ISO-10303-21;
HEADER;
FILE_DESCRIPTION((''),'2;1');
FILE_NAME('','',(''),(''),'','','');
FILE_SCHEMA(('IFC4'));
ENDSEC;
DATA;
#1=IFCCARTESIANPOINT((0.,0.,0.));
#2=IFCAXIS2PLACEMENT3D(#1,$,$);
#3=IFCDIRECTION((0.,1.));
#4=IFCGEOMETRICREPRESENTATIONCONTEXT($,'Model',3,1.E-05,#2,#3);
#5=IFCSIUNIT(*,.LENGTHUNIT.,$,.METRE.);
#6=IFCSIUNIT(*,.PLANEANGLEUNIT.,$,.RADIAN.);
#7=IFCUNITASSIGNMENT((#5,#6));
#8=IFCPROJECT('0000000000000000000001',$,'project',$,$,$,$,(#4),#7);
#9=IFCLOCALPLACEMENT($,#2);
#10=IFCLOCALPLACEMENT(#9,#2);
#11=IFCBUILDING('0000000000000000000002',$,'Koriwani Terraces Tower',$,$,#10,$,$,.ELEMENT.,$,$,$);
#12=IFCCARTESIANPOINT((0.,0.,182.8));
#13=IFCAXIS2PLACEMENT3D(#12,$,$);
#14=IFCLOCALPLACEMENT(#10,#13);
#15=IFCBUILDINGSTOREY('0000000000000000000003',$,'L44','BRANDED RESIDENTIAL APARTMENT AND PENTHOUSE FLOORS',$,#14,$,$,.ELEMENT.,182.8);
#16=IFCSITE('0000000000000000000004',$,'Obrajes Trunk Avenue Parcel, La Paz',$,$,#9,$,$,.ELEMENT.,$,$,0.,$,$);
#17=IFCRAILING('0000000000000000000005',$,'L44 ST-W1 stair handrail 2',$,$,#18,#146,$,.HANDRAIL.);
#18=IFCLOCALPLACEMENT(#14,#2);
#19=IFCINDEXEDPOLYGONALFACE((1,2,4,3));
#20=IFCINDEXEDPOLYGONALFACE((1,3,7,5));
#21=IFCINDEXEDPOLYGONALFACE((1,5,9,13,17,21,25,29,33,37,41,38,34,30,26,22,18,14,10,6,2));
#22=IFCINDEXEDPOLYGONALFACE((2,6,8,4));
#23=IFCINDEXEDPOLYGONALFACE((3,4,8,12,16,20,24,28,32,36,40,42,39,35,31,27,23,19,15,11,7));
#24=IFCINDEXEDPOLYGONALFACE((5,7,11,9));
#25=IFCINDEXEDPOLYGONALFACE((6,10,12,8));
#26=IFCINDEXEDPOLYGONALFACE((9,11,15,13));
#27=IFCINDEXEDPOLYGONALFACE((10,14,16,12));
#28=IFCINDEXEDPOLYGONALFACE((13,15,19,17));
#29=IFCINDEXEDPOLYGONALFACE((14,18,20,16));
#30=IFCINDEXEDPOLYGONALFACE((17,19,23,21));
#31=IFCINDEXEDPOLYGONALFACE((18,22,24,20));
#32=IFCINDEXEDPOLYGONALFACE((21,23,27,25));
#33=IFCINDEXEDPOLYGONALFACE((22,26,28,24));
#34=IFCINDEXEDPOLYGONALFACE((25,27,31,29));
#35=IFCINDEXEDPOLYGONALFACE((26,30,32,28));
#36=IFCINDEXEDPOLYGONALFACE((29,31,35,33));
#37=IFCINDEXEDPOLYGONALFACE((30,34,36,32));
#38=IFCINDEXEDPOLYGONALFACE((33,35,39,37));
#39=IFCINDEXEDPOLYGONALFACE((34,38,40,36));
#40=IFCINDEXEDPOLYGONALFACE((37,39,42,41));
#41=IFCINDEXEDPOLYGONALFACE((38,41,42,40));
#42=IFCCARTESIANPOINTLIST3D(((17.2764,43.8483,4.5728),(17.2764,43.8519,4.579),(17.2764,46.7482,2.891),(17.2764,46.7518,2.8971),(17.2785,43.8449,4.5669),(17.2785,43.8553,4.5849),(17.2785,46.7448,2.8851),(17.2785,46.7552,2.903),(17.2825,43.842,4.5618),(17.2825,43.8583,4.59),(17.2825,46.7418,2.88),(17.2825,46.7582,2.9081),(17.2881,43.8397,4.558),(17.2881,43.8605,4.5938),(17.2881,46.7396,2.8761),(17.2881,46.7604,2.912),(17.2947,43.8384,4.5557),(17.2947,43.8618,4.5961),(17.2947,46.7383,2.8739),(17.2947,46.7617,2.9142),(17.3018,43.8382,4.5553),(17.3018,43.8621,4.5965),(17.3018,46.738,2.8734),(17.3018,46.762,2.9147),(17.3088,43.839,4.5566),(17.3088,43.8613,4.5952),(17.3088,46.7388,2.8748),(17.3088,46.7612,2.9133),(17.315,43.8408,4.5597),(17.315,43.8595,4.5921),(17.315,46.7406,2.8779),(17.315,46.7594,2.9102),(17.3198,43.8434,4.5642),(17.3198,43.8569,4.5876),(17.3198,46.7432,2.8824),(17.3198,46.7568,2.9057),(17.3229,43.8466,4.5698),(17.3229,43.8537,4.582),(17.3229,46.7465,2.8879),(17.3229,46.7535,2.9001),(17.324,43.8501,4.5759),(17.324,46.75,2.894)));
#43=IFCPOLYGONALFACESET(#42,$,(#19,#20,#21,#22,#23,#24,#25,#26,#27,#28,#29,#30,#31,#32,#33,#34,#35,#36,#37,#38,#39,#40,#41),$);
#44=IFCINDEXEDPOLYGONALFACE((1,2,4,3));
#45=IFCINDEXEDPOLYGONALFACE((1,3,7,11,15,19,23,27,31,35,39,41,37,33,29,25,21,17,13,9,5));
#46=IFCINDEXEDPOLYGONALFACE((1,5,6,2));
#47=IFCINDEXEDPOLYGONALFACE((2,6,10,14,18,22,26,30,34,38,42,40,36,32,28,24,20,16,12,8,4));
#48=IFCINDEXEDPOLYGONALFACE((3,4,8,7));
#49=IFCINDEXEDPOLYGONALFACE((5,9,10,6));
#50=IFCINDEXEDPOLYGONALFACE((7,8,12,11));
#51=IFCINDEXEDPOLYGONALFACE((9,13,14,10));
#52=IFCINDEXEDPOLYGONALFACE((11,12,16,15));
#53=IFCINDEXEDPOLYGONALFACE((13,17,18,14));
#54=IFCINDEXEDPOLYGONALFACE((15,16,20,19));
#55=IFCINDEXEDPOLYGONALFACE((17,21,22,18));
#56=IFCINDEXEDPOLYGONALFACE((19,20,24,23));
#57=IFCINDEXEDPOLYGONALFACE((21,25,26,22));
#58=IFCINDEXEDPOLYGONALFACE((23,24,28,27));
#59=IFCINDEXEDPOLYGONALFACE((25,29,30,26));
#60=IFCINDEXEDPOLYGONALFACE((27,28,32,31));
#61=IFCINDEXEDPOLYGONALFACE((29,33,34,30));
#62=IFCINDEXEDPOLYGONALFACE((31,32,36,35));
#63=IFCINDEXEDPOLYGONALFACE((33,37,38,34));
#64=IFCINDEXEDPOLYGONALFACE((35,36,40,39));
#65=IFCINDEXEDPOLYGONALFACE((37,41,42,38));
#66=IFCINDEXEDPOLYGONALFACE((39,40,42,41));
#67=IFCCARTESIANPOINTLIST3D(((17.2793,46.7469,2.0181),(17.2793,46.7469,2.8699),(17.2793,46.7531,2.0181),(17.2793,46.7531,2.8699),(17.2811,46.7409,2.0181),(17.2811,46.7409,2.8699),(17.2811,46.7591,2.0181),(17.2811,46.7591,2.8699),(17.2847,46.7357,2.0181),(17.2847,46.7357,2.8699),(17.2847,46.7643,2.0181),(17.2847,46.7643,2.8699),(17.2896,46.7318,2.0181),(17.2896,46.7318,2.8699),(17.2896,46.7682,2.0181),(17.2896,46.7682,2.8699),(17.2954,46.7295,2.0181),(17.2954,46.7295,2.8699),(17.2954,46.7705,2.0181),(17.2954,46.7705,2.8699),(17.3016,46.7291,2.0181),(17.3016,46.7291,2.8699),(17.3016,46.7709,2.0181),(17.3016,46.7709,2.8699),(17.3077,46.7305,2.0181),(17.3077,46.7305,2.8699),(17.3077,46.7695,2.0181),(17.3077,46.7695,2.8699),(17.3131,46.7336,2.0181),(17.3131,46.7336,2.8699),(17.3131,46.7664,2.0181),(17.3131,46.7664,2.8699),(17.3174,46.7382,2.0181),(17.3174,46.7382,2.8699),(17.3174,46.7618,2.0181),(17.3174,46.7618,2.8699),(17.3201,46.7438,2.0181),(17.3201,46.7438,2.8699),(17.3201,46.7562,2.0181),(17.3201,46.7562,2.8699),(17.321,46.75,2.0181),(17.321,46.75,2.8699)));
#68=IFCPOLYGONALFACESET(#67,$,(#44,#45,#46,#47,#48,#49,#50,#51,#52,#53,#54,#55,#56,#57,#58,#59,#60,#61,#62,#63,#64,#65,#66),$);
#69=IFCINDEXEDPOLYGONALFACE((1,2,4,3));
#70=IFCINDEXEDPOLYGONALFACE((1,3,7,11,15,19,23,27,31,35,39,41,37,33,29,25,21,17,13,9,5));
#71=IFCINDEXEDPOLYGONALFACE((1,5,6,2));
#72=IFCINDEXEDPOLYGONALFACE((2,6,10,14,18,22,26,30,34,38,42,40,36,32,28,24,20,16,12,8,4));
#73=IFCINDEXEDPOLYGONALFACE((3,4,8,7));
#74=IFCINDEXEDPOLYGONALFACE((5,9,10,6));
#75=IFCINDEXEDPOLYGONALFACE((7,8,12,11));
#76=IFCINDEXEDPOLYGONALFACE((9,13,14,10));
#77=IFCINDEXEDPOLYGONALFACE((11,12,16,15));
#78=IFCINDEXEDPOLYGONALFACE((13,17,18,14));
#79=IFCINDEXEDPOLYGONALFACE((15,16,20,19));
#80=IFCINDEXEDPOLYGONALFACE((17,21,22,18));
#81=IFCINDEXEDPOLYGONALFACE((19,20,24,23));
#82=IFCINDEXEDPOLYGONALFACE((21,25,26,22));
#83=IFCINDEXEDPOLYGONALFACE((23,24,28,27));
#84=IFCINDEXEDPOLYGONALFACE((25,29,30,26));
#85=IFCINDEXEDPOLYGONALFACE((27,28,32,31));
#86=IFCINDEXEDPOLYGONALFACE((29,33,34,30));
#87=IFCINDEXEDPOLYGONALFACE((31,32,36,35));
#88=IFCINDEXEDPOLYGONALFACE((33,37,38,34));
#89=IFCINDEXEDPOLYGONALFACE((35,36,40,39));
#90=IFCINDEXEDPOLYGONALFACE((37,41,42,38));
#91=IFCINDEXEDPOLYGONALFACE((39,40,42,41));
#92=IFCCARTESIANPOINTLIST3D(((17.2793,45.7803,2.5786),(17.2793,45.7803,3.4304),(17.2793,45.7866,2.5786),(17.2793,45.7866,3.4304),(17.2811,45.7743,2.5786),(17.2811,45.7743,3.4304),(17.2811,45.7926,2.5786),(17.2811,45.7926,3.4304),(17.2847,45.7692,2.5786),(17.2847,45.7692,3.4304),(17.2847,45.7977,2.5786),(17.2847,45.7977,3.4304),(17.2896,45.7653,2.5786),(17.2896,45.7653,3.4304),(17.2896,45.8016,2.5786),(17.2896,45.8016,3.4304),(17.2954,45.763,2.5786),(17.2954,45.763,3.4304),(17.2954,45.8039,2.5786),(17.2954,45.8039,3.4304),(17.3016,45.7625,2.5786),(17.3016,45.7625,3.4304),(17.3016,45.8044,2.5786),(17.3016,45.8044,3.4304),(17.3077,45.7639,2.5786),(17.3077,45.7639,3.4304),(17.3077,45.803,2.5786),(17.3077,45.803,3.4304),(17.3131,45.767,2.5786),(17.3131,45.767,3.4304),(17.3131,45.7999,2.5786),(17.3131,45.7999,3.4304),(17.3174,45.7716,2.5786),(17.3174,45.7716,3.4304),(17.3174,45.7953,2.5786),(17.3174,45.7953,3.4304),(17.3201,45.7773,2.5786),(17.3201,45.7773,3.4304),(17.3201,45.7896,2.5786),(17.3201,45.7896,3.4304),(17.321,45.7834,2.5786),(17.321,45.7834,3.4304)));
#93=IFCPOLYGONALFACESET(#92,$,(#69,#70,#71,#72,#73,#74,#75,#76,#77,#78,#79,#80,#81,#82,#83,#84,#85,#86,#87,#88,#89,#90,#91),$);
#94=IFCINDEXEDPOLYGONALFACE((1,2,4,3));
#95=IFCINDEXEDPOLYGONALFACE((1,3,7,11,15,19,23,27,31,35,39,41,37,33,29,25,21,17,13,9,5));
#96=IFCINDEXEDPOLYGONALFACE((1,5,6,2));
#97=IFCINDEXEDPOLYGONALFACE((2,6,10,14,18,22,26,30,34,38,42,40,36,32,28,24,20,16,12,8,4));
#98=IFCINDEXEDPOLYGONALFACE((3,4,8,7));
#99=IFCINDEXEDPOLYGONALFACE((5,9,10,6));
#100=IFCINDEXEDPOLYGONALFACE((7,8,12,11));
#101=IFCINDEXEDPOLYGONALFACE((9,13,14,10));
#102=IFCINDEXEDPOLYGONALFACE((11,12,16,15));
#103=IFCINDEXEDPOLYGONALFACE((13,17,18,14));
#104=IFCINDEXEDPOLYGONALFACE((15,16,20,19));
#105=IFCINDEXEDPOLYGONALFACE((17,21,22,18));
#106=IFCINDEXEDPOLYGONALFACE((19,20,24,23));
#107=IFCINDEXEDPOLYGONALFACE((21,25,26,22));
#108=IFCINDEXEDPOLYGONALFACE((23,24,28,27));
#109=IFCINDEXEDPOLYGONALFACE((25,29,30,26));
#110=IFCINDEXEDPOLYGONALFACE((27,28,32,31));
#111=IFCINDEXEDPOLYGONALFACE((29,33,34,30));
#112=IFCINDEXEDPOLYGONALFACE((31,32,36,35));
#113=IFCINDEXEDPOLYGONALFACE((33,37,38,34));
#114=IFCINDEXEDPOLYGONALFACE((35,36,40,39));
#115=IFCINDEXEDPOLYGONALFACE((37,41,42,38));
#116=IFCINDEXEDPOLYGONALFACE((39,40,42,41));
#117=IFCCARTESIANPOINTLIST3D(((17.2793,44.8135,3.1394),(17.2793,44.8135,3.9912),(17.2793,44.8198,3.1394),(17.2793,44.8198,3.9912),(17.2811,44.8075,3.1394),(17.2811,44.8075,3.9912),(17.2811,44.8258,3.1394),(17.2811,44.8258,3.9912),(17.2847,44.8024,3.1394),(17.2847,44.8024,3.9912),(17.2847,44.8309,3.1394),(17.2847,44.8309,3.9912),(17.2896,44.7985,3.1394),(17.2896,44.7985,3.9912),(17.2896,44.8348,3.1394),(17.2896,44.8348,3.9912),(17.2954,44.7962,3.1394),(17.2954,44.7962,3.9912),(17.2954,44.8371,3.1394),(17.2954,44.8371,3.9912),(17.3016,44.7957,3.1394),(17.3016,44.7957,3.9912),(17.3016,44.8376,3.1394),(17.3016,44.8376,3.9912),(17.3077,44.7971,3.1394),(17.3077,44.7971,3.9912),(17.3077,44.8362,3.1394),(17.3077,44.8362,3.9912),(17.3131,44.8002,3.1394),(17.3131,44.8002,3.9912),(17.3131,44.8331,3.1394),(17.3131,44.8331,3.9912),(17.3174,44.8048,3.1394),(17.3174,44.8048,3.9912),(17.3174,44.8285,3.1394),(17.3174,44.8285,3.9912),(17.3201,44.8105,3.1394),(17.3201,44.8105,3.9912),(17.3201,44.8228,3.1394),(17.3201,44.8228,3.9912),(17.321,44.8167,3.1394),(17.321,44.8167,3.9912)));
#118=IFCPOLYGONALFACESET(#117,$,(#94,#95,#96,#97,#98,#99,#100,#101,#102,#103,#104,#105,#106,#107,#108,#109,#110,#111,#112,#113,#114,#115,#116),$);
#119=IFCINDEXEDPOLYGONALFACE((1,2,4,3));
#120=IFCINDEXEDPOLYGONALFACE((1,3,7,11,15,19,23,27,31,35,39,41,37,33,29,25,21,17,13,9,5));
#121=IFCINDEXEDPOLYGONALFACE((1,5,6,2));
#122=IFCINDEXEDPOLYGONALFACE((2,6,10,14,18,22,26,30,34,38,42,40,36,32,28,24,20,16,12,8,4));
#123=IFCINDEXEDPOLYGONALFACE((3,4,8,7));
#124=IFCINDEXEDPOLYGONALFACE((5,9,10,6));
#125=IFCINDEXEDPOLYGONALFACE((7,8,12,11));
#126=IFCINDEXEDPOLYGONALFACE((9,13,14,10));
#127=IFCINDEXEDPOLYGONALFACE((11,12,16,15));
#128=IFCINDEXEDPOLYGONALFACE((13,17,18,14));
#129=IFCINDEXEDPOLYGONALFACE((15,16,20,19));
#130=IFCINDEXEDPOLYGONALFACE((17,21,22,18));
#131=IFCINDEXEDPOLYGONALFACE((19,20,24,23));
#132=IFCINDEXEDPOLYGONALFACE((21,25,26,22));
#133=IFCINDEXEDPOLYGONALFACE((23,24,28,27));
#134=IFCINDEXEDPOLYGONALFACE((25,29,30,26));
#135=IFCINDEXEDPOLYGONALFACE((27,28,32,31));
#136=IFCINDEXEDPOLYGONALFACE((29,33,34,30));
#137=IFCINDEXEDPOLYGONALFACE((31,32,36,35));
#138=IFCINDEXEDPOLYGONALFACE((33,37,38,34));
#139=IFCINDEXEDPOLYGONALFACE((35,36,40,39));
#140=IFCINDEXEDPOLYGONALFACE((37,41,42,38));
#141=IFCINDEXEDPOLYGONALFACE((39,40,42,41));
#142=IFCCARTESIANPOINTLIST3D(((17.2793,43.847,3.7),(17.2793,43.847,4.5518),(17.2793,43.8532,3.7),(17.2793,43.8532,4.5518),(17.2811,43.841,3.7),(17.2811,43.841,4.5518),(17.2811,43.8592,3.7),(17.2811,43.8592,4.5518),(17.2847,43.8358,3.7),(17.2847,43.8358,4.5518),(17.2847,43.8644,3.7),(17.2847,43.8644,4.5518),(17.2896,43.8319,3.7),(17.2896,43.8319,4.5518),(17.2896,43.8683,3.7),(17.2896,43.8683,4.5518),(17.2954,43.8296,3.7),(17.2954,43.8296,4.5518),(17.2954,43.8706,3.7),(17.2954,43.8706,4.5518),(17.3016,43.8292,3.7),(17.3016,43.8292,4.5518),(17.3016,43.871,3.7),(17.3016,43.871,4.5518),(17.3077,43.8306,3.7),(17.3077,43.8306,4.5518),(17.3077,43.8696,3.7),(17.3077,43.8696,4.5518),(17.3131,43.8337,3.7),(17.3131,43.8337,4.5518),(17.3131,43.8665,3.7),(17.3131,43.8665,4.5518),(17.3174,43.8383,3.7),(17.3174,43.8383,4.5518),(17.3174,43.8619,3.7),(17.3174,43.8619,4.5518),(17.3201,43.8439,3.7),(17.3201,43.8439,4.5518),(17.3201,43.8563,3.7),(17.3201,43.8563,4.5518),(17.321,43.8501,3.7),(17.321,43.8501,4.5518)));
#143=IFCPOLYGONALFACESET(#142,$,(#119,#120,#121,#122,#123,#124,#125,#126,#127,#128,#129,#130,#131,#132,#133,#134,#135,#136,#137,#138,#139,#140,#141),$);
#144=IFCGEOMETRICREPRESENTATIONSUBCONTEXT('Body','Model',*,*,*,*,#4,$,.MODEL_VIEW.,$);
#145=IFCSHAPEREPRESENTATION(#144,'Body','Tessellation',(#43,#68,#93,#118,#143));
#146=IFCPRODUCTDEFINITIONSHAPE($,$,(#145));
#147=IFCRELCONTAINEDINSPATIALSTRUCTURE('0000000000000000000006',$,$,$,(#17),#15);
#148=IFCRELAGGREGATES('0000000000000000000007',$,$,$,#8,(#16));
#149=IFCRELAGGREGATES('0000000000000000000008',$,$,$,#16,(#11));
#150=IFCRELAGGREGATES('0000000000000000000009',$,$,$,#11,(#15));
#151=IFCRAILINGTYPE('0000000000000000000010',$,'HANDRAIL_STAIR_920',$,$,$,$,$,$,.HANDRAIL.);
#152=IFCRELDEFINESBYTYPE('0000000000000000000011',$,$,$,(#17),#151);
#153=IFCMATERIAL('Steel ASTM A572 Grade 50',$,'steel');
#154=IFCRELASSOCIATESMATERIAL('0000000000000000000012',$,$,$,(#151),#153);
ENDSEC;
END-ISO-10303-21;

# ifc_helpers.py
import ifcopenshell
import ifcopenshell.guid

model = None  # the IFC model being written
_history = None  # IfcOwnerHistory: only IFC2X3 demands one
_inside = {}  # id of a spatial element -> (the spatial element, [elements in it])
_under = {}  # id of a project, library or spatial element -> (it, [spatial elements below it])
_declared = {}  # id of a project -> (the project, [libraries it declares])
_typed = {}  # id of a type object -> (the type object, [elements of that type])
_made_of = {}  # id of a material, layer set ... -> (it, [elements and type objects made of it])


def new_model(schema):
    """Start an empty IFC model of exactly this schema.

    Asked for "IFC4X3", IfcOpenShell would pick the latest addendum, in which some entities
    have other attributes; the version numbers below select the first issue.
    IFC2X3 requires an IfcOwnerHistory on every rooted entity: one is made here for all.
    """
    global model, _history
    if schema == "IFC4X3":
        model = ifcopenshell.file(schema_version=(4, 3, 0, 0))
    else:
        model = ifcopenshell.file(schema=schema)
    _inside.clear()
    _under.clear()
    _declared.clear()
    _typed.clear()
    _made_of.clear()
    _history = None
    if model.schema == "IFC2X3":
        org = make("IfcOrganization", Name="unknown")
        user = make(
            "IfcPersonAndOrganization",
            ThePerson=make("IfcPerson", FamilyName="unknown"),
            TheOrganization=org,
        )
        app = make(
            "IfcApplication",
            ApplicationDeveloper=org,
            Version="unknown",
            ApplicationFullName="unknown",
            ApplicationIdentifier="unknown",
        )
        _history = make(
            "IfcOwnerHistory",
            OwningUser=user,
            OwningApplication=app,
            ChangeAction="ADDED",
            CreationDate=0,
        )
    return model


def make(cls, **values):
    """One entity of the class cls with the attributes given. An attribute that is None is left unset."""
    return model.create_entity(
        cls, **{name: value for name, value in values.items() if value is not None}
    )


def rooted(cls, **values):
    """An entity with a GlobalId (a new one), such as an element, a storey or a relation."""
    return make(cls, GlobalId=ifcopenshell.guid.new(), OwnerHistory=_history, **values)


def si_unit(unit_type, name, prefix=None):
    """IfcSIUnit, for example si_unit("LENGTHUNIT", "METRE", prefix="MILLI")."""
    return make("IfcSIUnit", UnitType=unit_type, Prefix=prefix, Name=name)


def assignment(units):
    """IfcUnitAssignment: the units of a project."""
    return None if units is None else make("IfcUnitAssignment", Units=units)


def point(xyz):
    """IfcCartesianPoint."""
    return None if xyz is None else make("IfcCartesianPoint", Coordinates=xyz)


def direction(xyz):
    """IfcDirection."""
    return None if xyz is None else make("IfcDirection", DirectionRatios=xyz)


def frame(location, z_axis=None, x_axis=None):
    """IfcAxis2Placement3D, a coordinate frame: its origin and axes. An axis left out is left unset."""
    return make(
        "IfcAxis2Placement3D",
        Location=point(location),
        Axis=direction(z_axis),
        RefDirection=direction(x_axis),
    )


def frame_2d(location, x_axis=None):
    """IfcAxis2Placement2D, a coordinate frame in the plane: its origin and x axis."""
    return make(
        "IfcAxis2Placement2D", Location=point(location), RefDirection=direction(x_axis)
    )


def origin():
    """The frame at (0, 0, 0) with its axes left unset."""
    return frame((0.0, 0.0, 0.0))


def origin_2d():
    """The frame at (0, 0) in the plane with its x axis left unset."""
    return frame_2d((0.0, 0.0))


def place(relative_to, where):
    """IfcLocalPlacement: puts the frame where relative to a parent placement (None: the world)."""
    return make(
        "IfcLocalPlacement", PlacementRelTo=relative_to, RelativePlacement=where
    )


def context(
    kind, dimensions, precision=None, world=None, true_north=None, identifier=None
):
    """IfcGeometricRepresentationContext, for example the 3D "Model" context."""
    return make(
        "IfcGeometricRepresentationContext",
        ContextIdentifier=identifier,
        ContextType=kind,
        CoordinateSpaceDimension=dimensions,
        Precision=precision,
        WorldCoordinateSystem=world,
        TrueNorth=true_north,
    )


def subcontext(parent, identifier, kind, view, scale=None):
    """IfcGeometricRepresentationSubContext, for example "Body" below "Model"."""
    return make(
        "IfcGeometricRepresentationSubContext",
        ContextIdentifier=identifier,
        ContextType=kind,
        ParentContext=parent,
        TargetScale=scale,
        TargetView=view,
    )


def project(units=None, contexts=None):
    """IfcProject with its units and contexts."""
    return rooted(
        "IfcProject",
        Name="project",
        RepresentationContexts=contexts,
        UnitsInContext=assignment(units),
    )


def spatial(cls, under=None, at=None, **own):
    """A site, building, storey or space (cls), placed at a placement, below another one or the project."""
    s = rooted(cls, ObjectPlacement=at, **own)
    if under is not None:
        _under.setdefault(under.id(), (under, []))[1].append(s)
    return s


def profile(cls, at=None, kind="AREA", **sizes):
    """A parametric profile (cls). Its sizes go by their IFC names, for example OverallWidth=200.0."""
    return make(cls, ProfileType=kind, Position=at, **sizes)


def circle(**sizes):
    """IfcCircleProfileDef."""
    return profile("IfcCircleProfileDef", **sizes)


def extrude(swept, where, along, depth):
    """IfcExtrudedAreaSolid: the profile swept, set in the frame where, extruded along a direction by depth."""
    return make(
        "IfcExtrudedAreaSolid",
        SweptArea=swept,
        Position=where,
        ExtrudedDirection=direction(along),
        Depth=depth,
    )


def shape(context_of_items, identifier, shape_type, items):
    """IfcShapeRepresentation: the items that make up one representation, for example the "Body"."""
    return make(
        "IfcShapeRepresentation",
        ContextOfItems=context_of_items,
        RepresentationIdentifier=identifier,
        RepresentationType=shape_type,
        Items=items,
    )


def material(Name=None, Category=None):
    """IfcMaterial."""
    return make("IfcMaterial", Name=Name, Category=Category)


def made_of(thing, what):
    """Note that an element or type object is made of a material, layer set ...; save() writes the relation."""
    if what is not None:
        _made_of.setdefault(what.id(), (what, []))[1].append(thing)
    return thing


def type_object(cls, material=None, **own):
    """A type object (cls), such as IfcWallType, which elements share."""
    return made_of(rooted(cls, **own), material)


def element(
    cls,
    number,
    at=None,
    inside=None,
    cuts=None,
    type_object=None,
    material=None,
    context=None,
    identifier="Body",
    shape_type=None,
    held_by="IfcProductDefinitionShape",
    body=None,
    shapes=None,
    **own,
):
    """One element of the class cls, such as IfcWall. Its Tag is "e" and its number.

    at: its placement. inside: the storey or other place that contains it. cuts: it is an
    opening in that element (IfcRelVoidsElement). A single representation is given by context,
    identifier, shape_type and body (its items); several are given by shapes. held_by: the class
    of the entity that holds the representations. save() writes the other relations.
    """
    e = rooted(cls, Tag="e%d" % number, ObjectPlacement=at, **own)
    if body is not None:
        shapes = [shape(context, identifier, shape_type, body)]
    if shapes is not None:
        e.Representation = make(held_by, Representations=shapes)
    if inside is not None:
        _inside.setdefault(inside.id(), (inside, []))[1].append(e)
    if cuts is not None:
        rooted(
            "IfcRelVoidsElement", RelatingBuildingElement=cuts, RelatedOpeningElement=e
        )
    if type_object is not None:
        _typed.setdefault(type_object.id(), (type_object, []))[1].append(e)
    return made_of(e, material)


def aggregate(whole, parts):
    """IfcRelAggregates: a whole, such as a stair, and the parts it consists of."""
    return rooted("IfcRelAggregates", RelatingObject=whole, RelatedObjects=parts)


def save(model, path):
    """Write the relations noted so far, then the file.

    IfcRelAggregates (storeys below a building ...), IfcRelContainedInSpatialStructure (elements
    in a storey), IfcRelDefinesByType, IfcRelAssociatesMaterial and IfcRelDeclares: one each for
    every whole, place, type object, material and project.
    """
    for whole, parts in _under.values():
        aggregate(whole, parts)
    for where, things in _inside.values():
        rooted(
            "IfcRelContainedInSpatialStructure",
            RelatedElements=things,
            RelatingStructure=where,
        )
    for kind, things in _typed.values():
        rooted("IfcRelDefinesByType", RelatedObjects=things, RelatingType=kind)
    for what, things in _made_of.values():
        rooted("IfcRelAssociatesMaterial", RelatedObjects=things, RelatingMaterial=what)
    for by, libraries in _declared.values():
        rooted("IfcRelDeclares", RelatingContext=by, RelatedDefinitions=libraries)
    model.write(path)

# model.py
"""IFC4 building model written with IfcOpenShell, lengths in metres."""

from ifc_helpers import new_model, si_unit, direction, frame, origin, origin_2d, place, context, subcontext, project, spatial, circle, extrude, material, type_object, element, save


model = new_model("IFC4")

# Units and contexts
model_context = context("Model", 3, precision=1e-05, world=origin(), true_north=direction((0.0, 1.0)))
body_context = subcontext(model_context, "Body", "Model", "MODEL_VIEW")
ifc_project = project(units=[si_unit("LENGTHUNIT", "METRE"), si_unit("PLANEANGLEUNIT", "RADIAN")], contexts=[model_context])

# Site, building, storey
site_placement = place(None, origin())
site = spatial("IfcSite", under=ifc_project, at=site_placement, Name="Obrajes Trunk Avenue Parcel, La Paz", CompositionType="ELEMENT", RefElevation=0.0)
building_placement = place(site_placement, origin())
building = spatial("IfcBuilding", under=site, at=building_placement, Name="Koriwani Terraces Tower", CompositionType="ELEMENT")
storey_placement = place(building_placement, frame((0.0, 0.0, 182.8)))
storey = spatial("IfcBuildingStorey", under=building, at=storey_placement, Name="L44", Description="BRANDED RESIDENTIAL APARTMENT AND PENTHOUSE FLOORS", CompositionType="ELEMENT", Elevation=182.8)

# Shared definitions
ifc_material_1 = material(Name="Steel ASTM A572 Grade 50", Category="steel")

# Railing
railing_type_1 = type_object("IfcRailingType", Name="HANDRAIL_STAIR_920", PredefinedType="HANDRAIL", material=ifc_material_1)
railing_1_placement = place(storey_placement, frame((17.3, 46.75, 2.0181)))
element("IfcRailing", 1, at=railing_1_placement, inside=storey, type_object=railing_type_1, Name="L44 ST-W1 stair handrail 2", PredefinedType="HANDRAIL", context=body_context, shape_type="SweptSolid", body=[
    extrude(circle(Radius=0.0239, at=origin_2d()), frame((0.0, 0.0, 0.876), z_axis=(0.0, -0.865039, 0.501705), x_axis=(1.0, 0.0, 0.0)), (0.0, 0.0, 1.0), 3.3523),
    extrude(circle(Radius=0.021, at=origin_2d()), origin(), (0.0, 0.0, 1.0), 0.8518),
    extrude(circle(Radius=0.021, at=origin_2d()), frame((0.0, -0.9666, 0.5605)), (0.0, 0.0, 1.0), 0.8518),
    extrude(circle(Radius=0.021, at=origin_2d()), frame((0.0, -1.9333, 1.1213)), (0.0, 0.0, 1.0), 0.8518),
    extrude(circle(Radius=0.021, at=origin_2d()), frame((0.0, -2.8999, 1.6819)), (0.0, 0.0, 1.0), 0.8518),
])

save(model, "model.ifc")
